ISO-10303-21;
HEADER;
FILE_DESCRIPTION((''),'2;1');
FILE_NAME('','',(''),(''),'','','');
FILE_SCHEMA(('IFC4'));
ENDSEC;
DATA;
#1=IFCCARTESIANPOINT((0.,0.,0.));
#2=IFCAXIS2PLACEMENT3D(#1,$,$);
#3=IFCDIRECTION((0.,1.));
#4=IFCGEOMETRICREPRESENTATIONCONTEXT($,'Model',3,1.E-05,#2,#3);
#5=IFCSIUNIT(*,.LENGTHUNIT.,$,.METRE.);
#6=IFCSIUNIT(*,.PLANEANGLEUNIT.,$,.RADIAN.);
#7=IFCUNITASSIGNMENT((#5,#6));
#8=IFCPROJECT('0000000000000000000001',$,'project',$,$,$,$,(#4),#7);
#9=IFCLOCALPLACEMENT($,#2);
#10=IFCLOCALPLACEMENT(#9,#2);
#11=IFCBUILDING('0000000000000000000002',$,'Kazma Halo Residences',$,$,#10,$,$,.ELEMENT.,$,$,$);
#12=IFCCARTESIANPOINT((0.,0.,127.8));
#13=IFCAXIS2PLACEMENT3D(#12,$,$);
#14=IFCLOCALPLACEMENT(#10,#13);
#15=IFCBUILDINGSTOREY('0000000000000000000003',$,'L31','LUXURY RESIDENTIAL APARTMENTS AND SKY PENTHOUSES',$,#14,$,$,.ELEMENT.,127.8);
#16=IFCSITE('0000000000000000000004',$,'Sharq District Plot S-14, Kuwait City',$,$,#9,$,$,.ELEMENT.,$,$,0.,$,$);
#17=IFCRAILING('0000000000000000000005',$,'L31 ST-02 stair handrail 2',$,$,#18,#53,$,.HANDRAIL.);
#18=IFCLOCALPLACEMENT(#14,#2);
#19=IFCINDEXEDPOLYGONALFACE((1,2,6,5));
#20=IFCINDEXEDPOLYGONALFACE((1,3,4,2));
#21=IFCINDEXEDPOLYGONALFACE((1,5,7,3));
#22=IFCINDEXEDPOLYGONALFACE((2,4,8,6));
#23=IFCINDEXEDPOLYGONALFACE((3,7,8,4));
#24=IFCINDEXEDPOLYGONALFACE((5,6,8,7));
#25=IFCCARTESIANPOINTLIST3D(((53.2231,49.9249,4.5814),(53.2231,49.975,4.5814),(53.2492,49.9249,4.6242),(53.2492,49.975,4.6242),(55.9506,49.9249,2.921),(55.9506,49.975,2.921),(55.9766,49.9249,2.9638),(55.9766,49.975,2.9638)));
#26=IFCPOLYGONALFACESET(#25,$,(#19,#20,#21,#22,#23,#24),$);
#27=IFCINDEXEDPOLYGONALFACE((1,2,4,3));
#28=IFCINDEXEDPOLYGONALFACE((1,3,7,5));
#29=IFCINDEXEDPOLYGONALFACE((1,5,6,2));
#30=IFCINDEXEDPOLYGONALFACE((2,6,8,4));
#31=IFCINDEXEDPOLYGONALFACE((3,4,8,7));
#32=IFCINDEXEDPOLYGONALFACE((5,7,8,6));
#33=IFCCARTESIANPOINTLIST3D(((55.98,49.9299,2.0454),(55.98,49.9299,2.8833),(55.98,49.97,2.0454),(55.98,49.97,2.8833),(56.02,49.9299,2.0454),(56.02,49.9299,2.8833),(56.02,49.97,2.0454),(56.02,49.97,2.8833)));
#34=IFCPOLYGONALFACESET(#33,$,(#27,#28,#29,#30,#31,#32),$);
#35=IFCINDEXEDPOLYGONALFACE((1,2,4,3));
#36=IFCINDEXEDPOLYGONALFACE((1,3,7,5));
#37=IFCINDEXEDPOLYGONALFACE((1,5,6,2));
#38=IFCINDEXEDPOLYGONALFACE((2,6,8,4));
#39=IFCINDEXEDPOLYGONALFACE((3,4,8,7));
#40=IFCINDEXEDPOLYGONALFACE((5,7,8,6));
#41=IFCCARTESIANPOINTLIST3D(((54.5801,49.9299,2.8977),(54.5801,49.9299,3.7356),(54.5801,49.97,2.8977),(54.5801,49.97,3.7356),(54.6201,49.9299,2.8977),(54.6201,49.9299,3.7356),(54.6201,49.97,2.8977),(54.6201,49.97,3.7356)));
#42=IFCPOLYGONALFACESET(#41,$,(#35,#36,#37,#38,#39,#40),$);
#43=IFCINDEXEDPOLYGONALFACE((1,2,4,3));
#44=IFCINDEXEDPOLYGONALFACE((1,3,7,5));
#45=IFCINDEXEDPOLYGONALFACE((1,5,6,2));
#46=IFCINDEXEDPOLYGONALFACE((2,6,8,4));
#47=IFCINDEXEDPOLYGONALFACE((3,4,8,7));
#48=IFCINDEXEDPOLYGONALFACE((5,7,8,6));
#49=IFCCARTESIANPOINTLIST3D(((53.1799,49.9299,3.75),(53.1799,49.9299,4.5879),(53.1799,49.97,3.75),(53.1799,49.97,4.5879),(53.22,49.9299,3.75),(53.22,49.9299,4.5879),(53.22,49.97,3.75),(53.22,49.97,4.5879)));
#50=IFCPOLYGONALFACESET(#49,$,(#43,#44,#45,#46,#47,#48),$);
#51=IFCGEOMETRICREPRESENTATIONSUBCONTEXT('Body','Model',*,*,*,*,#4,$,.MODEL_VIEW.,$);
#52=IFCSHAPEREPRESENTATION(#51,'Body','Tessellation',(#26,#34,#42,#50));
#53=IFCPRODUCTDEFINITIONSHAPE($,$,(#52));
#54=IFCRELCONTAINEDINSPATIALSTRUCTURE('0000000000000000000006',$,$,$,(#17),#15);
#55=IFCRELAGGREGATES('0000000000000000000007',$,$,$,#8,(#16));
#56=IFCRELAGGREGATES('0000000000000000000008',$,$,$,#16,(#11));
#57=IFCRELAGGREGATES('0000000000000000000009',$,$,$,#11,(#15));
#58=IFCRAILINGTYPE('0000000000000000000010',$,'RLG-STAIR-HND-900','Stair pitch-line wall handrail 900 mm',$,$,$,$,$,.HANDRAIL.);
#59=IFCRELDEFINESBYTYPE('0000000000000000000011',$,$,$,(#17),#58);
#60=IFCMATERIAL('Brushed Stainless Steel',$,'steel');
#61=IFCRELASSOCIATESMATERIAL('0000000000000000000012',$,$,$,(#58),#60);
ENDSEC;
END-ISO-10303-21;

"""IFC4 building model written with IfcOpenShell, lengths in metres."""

from ifc_helpers import new_model, si_unit, direction, frame, origin, origin_2d, place, context, subcontext, project, spatial, rectangle, extrude, material, type_object, element, save


model = new_model("IFC4")

# Units and contexts
model_context = context("Model", 3, precision=1e-05, world=origin(), true_north=direction((0.0, 1.0)))
body_context = subcontext(model_context, "Body", "Model", "MODEL_VIEW")
ifc_project = project(units=[si_unit("LENGTHUNIT", "METRE"), si_unit("PLANEANGLEUNIT", "RADIAN")], contexts=[model_context])

# Site, building, storey
site_placement = place(None, origin())
site = spatial("IfcSite", under=ifc_project, at=site_placement, Name="Sharq District Plot S-14, Kuwait City", CompositionType="ELEMENT", RefElevation=0.0)
building_placement = place(site_placement, origin())
building = spatial("IfcBuilding", under=site, at=building_placement, Name="Kazma Halo Residences", CompositionType="ELEMENT")
storey_placement = place(building_placement, frame((0.0, 0.0, 127.8)))
storey = spatial("IfcBuildingStorey", under=building, at=storey_placement, Name="L31", Description="LUXURY RESIDENTIAL APARTMENTS AND SKY PENTHOUSES", CompositionType="ELEMENT", Elevation=127.8)

# Railing
ifc_material_1 = material(Name="Brushed Stainless Steel", Category="steel")
railing_type_1 = type_object("IfcRailingType", Name="RLG-STAIR-HND-900", Description="Stair pitch-line wall handrail 900 mm", PredefinedType="HANDRAIL", material=ifc_material_1)
railing_1_placement = place(storey_placement, frame((56.0, 49.95, 2.0454)))
element("IfcRailing", 1, at=railing_1_placement, inside=storey, type_object=railing_type_1, Name="L31 ST-02 stair handrail 2", PredefinedType="HANDRAIL", context=body_context, shape_type="SweptSolid", body=[
    extrude(rectangle(XDim=0.05, YDim=0.05, at=origin_2d()), frame((-0.0364, 0.0, 0.897), z_axis=(-0.85417, 0.0, 0.519994), x_axis=(0.0, -1.0, 0.0)), (0.0, 0.0, 1.0), 3.1931),
    extrude(rectangle(XDim=0.04, YDim=0.04, at=origin_2d()), origin(), (0.0, 0.0, 1.0), 0.8379),
    extrude(rectangle(XDim=0.04, YDim=0.04, at=origin_2d()), frame((-1.3999, 0.0, 0.8523)), (0.0, 0.0, 1.0), 0.8379),
    extrude(rectangle(XDim=0.04, YDim=0.04, at=origin_2d()), frame((-2.8, 0.0, 1.7046)), (0.0, 0.0, 1.0), 0.8379),
])

save(model, "model.ifc")
